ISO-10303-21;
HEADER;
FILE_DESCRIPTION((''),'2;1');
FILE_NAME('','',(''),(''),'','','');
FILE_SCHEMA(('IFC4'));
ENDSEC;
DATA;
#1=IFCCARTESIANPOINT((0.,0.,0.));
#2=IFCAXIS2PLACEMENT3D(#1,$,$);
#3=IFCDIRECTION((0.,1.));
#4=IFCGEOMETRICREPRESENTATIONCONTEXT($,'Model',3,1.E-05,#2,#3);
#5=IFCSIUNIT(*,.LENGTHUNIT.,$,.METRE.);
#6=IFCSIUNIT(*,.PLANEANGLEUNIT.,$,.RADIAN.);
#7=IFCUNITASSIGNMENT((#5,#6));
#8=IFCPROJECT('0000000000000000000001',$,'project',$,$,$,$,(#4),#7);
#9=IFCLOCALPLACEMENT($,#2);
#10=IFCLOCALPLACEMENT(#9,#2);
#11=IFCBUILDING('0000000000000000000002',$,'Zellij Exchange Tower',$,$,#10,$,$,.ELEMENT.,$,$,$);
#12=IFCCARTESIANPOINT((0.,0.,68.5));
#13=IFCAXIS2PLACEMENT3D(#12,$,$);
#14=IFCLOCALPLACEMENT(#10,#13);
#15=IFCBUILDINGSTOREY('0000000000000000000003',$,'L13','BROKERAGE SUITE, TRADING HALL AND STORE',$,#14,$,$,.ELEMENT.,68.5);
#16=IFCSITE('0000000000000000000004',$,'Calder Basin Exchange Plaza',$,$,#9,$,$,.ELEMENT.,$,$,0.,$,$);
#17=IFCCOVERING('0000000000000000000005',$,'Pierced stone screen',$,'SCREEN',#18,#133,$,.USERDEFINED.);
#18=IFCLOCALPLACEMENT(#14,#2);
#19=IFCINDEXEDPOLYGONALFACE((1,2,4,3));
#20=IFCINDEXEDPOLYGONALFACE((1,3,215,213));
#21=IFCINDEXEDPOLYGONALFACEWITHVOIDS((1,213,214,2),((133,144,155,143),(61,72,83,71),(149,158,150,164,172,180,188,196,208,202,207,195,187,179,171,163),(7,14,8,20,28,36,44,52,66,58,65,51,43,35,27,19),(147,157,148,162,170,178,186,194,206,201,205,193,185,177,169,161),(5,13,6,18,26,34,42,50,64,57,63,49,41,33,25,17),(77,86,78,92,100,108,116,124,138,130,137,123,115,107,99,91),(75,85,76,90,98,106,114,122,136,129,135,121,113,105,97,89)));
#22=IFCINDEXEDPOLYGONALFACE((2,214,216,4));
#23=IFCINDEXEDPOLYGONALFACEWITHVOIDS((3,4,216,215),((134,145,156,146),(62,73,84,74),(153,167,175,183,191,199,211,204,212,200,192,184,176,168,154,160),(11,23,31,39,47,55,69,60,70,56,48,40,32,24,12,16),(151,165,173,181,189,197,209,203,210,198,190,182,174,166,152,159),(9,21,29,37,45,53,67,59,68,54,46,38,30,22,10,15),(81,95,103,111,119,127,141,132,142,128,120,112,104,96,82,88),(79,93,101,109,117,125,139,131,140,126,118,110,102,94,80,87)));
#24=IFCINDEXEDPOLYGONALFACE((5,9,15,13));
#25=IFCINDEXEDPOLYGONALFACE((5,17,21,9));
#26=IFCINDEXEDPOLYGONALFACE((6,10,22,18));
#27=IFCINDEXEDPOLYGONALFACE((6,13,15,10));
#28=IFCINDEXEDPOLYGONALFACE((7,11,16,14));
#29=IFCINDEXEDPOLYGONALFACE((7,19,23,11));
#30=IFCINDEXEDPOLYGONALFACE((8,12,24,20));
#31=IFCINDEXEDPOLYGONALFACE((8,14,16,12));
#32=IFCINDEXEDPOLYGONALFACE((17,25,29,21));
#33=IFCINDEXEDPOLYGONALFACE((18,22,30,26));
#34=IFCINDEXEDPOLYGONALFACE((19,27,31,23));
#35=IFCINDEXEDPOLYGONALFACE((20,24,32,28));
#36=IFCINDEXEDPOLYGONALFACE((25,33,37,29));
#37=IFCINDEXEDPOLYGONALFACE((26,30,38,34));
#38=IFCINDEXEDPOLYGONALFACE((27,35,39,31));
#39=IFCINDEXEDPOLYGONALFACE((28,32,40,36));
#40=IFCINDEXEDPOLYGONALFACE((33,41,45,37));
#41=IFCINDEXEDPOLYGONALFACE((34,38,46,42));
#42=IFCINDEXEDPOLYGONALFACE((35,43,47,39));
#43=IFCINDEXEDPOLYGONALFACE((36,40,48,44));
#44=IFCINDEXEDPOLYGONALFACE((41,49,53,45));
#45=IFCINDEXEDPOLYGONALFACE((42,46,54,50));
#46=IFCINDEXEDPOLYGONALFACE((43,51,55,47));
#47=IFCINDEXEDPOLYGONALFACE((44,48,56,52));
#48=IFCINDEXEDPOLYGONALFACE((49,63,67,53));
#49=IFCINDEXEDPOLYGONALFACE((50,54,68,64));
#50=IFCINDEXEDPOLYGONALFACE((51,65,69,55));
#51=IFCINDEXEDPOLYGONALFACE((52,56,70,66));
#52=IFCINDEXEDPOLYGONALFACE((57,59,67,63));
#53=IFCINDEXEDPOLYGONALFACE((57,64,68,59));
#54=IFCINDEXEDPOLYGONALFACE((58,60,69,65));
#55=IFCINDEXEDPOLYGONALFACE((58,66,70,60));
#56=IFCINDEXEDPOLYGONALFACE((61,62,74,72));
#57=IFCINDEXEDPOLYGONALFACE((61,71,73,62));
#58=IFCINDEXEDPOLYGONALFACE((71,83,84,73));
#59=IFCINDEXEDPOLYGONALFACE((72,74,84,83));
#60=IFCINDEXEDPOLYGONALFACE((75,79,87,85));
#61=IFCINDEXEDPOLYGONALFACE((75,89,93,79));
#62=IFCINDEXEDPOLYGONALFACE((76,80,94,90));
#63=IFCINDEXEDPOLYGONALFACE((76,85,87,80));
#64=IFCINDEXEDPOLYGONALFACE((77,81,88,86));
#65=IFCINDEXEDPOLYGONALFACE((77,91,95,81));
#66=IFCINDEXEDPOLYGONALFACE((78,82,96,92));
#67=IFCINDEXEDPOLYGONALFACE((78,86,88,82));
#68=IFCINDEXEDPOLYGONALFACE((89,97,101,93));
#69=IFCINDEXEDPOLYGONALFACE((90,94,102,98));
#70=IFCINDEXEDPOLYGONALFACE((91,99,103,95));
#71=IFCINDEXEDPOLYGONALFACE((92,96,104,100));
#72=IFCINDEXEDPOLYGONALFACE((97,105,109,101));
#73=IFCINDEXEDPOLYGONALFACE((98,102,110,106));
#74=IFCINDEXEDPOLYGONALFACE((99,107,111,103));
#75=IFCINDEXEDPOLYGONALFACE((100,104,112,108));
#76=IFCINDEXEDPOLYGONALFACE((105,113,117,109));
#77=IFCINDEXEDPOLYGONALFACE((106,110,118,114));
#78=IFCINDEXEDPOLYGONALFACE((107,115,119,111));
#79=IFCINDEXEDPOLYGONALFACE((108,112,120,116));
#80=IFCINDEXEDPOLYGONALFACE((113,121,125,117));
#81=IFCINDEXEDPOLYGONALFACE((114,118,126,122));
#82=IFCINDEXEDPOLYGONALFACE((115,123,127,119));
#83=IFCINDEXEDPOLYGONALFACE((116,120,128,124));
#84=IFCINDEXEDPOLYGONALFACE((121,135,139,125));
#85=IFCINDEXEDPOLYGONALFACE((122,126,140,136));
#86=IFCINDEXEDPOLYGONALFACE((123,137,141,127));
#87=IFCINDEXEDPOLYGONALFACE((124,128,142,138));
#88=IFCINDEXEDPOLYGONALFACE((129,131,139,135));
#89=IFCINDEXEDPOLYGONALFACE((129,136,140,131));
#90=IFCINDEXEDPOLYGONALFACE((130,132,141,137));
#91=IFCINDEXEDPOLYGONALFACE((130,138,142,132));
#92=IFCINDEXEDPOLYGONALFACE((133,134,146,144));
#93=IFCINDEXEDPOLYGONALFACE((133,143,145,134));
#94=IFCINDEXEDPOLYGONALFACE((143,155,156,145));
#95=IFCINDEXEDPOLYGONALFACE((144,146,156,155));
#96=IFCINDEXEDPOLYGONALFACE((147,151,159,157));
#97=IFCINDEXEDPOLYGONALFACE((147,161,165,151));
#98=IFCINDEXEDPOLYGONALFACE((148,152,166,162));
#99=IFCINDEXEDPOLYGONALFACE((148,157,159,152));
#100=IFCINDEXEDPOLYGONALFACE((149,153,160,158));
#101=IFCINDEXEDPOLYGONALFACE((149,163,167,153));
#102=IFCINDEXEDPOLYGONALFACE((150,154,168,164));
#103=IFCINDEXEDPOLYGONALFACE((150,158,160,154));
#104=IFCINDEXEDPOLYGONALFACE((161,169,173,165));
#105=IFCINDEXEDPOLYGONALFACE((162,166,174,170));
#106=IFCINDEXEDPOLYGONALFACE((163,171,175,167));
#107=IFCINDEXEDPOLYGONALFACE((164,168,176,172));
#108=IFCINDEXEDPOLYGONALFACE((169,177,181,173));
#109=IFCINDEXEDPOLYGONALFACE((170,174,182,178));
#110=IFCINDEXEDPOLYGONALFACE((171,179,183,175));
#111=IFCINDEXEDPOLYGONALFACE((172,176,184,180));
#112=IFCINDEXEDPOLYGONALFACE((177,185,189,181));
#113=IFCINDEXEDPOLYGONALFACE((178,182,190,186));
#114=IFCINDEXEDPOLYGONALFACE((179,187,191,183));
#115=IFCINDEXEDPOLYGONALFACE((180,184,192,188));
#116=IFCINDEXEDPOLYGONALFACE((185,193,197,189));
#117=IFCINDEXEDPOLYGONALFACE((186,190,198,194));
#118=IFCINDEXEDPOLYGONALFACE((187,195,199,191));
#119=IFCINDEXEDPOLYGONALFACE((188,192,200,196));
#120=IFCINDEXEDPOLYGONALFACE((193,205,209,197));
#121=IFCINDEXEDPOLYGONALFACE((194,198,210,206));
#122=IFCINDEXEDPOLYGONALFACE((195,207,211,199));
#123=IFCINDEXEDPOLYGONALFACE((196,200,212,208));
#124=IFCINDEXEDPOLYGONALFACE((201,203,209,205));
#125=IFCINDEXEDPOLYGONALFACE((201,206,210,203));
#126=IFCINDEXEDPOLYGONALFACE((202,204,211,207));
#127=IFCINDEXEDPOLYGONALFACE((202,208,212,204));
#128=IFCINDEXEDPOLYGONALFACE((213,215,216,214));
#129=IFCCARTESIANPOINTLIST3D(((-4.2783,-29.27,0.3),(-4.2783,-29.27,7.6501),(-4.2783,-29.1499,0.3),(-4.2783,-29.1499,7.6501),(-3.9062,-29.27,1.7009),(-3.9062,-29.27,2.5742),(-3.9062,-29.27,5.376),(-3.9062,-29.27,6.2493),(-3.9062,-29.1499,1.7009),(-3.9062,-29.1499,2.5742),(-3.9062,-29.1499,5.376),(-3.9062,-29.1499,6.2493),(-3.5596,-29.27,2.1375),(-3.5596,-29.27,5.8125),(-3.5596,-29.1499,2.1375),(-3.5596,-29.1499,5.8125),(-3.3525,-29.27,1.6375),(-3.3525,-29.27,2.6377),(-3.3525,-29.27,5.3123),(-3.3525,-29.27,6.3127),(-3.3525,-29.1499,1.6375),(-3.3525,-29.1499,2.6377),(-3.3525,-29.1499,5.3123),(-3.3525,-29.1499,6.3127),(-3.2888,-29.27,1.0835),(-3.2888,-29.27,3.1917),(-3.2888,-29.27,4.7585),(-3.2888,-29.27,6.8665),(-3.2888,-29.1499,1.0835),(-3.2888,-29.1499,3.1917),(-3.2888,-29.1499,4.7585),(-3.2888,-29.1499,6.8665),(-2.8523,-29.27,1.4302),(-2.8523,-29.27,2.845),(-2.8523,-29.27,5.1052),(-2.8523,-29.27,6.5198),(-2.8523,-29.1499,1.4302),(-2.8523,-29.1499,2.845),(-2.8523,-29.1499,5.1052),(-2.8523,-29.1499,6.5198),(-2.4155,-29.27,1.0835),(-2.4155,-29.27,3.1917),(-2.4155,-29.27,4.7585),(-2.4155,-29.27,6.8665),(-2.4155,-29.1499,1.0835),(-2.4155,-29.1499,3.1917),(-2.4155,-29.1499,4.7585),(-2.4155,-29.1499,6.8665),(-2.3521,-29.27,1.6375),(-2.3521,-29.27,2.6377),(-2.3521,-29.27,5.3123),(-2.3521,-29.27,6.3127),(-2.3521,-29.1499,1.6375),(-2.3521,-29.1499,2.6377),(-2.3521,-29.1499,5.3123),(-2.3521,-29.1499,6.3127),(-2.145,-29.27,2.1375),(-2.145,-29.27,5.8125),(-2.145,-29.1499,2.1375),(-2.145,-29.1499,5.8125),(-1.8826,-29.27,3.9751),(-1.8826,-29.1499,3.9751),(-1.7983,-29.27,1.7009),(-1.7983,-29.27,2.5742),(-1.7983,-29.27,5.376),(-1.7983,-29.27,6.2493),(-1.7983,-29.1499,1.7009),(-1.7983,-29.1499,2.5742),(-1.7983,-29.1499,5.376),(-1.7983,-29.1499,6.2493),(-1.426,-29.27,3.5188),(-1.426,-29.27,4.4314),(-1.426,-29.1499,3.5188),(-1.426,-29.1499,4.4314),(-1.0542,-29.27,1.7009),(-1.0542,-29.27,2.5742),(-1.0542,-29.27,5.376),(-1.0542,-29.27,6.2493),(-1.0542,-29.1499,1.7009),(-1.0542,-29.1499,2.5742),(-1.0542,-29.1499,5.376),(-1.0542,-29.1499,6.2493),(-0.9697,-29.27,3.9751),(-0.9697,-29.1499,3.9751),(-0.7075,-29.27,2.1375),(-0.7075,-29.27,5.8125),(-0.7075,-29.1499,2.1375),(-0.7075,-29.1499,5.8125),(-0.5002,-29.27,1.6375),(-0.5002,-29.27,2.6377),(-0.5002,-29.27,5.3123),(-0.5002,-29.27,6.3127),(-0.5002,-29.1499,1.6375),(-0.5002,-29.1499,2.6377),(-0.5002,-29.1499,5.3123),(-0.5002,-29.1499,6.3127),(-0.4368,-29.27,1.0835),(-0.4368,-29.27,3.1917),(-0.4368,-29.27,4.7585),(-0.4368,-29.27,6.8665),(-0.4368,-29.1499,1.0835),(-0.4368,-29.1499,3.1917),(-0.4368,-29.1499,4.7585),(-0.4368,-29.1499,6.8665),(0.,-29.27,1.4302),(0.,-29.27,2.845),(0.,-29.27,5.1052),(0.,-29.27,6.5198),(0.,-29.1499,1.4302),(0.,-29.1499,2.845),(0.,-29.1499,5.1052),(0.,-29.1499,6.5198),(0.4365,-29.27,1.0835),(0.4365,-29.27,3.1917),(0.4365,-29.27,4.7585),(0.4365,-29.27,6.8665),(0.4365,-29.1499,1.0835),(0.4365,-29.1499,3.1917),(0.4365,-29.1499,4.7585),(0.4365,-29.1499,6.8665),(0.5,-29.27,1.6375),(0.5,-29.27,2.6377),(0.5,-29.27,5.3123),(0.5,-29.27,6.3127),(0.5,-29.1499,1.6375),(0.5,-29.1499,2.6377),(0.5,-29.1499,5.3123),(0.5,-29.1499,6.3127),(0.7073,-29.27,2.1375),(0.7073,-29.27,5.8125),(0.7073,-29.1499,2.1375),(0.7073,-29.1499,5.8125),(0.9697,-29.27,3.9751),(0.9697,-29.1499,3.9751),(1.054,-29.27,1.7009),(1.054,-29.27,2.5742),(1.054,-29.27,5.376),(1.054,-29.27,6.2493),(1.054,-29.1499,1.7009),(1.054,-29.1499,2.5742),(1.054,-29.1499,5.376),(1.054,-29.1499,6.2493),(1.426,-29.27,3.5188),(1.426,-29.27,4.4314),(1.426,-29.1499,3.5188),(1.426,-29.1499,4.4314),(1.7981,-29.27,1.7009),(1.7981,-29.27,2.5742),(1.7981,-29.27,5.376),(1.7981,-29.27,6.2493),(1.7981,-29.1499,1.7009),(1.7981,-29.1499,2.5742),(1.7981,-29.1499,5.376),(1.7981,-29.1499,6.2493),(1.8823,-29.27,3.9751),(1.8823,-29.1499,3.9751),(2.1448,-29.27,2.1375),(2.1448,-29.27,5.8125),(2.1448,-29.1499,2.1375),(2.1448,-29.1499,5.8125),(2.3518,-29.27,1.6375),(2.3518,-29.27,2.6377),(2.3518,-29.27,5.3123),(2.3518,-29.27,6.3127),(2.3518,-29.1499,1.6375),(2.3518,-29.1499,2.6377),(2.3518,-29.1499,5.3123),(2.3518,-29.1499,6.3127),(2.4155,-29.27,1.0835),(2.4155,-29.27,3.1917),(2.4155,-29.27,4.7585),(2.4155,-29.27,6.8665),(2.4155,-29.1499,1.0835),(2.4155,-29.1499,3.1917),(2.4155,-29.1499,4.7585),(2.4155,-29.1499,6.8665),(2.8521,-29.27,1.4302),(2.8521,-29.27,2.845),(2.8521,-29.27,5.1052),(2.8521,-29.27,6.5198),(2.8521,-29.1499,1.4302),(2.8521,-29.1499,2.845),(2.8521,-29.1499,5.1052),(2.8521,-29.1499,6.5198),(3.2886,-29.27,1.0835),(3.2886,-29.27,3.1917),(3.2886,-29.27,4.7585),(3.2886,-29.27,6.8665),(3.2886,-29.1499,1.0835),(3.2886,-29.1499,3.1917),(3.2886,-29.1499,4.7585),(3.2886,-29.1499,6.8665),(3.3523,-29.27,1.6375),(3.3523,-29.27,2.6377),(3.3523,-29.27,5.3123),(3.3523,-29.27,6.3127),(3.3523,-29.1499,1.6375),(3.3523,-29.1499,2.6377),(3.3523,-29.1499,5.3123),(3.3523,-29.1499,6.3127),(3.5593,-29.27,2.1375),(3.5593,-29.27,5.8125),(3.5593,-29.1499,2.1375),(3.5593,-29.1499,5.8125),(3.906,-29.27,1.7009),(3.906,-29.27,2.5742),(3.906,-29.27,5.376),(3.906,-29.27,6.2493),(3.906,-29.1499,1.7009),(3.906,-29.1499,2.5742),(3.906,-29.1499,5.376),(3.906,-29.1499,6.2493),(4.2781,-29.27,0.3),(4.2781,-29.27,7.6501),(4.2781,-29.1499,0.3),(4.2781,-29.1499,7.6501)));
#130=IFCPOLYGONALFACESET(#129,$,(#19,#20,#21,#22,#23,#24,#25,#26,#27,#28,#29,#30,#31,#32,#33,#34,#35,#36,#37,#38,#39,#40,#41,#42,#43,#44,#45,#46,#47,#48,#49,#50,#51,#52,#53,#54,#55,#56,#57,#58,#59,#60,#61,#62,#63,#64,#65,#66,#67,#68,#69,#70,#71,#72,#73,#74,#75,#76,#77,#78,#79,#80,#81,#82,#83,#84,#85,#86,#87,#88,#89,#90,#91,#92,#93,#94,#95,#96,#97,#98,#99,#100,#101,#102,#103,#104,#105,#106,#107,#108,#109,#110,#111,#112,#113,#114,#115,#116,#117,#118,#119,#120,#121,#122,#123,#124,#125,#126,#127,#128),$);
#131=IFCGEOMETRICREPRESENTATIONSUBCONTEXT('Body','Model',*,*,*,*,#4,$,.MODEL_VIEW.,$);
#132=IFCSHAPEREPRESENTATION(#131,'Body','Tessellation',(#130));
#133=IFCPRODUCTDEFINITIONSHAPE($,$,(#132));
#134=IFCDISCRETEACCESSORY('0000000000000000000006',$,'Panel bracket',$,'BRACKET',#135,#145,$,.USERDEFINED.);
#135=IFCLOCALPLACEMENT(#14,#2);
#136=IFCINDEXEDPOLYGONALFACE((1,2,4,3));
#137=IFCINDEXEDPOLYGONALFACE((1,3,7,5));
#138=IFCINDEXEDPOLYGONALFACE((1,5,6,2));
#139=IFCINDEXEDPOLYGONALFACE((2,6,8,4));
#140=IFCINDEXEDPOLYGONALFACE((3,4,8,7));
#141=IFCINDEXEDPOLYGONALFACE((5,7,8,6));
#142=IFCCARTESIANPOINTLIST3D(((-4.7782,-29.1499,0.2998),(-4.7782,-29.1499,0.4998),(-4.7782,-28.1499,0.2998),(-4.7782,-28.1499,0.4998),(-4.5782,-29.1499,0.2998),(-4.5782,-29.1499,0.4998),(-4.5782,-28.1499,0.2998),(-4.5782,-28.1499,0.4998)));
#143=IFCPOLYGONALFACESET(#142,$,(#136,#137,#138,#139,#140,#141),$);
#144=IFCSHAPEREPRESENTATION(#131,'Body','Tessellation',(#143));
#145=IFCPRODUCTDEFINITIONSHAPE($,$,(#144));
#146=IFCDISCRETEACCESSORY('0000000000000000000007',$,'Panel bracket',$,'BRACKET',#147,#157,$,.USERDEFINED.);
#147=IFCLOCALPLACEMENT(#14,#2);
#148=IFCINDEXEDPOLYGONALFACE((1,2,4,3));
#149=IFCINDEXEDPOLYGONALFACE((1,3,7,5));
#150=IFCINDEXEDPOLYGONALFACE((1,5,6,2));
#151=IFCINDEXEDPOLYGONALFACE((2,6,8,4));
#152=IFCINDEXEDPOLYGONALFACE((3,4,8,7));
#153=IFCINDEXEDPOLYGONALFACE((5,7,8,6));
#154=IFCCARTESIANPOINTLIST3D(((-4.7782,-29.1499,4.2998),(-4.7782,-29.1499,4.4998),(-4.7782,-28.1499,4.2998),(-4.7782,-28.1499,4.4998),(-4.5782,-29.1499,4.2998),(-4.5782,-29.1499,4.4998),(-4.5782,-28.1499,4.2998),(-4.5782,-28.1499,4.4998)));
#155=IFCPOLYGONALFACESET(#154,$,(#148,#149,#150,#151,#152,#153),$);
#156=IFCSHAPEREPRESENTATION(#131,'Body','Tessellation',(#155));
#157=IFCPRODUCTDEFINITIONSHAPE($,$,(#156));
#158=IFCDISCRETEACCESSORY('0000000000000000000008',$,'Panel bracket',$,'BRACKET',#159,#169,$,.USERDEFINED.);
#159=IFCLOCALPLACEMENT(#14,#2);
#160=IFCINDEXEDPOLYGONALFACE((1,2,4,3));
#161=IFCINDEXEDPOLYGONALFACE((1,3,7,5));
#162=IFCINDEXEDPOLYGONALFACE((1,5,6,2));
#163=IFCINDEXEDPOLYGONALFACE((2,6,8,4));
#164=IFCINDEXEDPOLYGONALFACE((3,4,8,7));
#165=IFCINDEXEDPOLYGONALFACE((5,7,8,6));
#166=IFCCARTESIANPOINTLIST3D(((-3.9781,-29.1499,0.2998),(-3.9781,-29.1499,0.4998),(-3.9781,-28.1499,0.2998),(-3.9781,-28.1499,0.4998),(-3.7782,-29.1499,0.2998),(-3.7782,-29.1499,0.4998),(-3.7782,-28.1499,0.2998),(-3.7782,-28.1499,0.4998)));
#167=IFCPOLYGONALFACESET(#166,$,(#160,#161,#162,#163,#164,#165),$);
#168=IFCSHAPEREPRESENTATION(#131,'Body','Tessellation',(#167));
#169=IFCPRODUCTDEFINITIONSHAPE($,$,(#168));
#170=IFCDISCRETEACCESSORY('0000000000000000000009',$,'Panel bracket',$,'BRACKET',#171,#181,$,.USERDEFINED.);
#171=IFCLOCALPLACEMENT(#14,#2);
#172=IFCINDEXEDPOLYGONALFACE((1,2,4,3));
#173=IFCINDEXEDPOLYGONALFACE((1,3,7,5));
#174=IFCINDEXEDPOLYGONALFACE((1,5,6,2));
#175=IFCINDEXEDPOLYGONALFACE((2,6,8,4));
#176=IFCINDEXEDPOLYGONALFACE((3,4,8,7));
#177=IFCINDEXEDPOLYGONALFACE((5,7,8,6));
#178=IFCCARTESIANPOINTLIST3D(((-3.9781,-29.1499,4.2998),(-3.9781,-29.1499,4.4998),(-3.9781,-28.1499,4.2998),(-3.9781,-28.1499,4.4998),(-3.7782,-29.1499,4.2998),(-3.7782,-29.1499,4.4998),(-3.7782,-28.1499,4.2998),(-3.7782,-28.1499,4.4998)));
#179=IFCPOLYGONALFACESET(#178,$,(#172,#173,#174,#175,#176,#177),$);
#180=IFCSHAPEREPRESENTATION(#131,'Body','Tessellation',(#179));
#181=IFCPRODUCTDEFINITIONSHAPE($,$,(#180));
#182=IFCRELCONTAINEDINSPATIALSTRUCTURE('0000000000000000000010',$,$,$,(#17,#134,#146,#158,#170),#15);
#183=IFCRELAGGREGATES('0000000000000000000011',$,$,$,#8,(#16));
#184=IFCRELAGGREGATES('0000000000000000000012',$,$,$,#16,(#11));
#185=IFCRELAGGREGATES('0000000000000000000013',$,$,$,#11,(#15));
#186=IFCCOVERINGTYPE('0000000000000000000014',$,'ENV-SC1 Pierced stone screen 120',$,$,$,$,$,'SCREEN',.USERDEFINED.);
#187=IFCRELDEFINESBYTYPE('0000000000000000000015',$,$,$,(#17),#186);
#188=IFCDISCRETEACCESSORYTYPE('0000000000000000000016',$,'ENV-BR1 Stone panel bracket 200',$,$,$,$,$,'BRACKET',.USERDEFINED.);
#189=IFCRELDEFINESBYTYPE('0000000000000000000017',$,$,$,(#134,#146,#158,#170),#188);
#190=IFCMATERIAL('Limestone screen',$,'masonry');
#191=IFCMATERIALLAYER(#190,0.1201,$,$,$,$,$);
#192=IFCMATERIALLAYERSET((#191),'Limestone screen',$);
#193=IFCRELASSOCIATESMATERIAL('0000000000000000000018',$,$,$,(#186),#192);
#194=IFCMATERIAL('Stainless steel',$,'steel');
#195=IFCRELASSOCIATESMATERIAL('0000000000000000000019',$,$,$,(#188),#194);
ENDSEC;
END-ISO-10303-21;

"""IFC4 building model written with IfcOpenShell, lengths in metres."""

from ifc_helpers import new_model, si_unit, direction, frame, origin, origin_2d, place, context, subcontext, project, spatial, polyline, rectangle, outline, extrude, material, layer, layer_set, type_object, element, save


model = new_model("IFC4")

# Units and contexts
model_context = context("Model", 3, precision=1e-05, world=origin(), true_north=direction((0.0, 1.0)))
body_context = subcontext(model_context, "Body", "Model", "MODEL_VIEW")
ifc_project = project(units=[si_unit("LENGTHUNIT", "METRE"), si_unit("PLANEANGLEUNIT", "RADIAN")], contexts=[model_context])

# Site, building, storey
site_placement = place(None, origin())
site = spatial("IfcSite", under=ifc_project, at=site_placement, Name="Calder Basin Exchange Plaza", CompositionType="ELEMENT", RefElevation=0.0)
building_placement = place(site_placement, origin())
building = spatial("IfcBuilding", under=site, at=building_placement, Name="Zellij Exchange Tower", CompositionType="ELEMENT")
storey_placement = place(building_placement, frame((0.0, 0.0, 68.5)))
storey = spatial("IfcBuildingStorey", under=building, at=storey_placement, Name="L13", Description="BROKERAGE SUITE, TRADING HALL AND STORE", CompositionType="ELEMENT", Elevation=68.5)

# Shared definitions
ifc_material_1 = material(Name="Stainless steel", Category="steel")

# Covering
ifc_material_2 = material(Name="Limestone screen", Category="masonry")
ifc_layer_1 = layer(ifc_material_2, 0.1201)
ifc_layer_set_1 = layer_set([ifc_layer_1], Name="Limestone screen")
covering_type = type_object("IfcCoveringType", Name="ENV-SC1 Pierced stone screen 120", ElementType="SCREEN", PredefinedType="USERDEFINED", material=ifc_layer_set_1)
covering_placement = place(storey_placement, frame((-4.2783, -29.21, 0.3), z_axis=(0.0, 0.0, 1.0), x_axis=(1.0, 0.0, 0.0)))
element("IfcCovering", 1, at=covering_placement, inside=storey, type_object=covering_type, Name="Pierced stone screen", ObjectType="SCREEN", PredefinedType="USERDEFINED", context=body_context, shape_type="SweptSolid", body=[
    extrude(outline(polyline([(0.0, 0.0), (8.5564, 0.0), (8.5564, 7.3501), (0.0, 7.3501), (0.0, 0.0)]), holes=[polyline([(2.48, 2.2742), (1.9263, 2.3376), (1.8628, 2.8916), (1.426, 2.5449), (0.9895, 2.8916), (0.9258, 2.3376), (0.3721, 2.2742), (0.7188, 1.8374), (0.3721, 1.4009), (0.9258, 1.3374), (0.9895, 0.7834), (1.426, 1.1301), (1.8628, 0.7834), (1.9263, 1.3374), (2.48, 1.4009), (2.1333, 1.8374), (2.48, 2.2742)]), polyline([(2.48, 5.9492), (1.9263, 6.0127), (1.8628, 6.5664), (1.426, 6.2197), (0.9895, 6.5664), (0.9258, 6.0127), (0.3721, 5.9492), (0.7188, 5.5125), (0.3721, 5.0759), (0.9258, 5.0122), (0.9895, 4.4585), (1.426, 4.8052), (1.8628, 4.4585), (1.9263, 5.0122), (2.48, 5.0759), (2.1333, 5.5125), (2.48, 5.9492)]), polyline([(5.3323, 2.2742), (4.7783, 2.3376), (4.7148, 2.8916), (4.2783, 2.5449), (3.8416, 2.8916), (3.7781, 2.3376), (3.2241, 2.2742), (3.5708, 1.8374), (3.2241, 1.4009), (3.7781, 1.3374), (3.8416, 0.7834), (4.2783, 1.1301), (4.7148, 0.7834), (4.7783, 1.3374), (5.3323, 1.4009), (4.9856, 1.8374), (5.3323, 2.2742)]), polyline([(5.3323, 5.9492), (4.7783, 6.0127), (4.7148, 6.5664), (4.2783, 6.2197), (3.8416, 6.5664), (3.7781, 6.0127), (3.2241, 5.9492), (3.5708, 5.5125), (3.2241, 5.0759), (3.7781, 5.0122), (3.8416, 4.4585), (4.2783, 4.8052), (4.7148, 4.4585), (4.7783, 5.0122), (5.3323, 5.0759), (4.9856, 5.5125), (5.3323, 5.9492)]), polyline([(8.1843, 2.2742), (7.6306, 2.3376), (7.5669, 2.8916), (7.1304, 2.5449), (6.6938, 2.8916), (6.6301, 2.3376), (6.0764, 2.2742), (6.4231, 1.8374), (6.0764, 1.4009), (6.6301, 1.3374), (6.6938, 0.7834), (7.1304, 1.1301), (7.5669, 0.7834), (7.6306, 1.3374), (8.1843, 1.4009), (7.8376, 1.8374), (8.1843, 2.2742)]), polyline([(8.1843, 5.9492), (7.6306, 6.0127), (7.5669, 6.5664), (7.1304, 6.2197), (6.6938, 6.5664), (6.6301, 6.0127), (6.0764, 5.9492), (6.4231, 5.5125), (6.0764, 5.0759), (6.6301, 5.0122), (6.6938, 4.4585), (7.1304, 4.8052), (7.5669, 4.4585), (7.6306, 5.0122), (8.1843, 5.0759), (7.8376, 5.5125), (8.1843, 5.9492)]), polyline([(3.3086, 3.675), (2.8523, 4.1313), (2.3958, 3.675), (2.8523, 3.2188), (3.3086, 3.675)]), polyline([(6.1606, 3.675), (5.7043, 4.1313), (5.248, 3.675), (5.7043, 3.2188), (6.1606, 3.675)])]), frame((0.0, 0.0601, 0.0), z_axis=(0.0, -1.0, 0.0), x_axis=(1.0, 0.0, 0.0)), (0.0, 0.0, 1.0), 0.1201),
])

# Discrete accessories
discrete_accessory_type = type_object("IfcDiscreteAccessoryType", Name="ENV-BR1 Stone panel bracket 200", ElementType="BRACKET", PredefinedType="USERDEFINED", material=ifc_material_1)
for number, where, z_axis, x_axis, name in (
    (2, (-4.6782, -28.6499, 0.2998), (0.0, 0.0, 1.0), (1.0, 0.0, 0.0), "Panel bracket"),
    (3, (-4.6782, -28.6499, 4.2998), (0.0, 0.0, 1.0), (1.0, 0.0, 0.0), "Panel bracket"),
    (4, (-3.8782, -28.6499, 0.2998), (0.0, 0.0, 1.0), (1.0, 0.0, 0.0), "Panel bracket"),
    (5, (-3.8782, -28.6499, 4.2998), (0.0, 0.0, 1.0), (1.0, 0.0, 0.0), "Panel bracket"),
):
    element("IfcDiscreteAccessory", number, at=place(storey_placement, frame(where, z_axis=z_axis, x_axis=x_axis)), inside=storey, type_object=discrete_accessory_type, Name=name, ObjectType="BRACKET", PredefinedType="USERDEFINED", context=body_context, shape_type="SweptSolid", body=[
        extrude(rectangle(XDim=0.2, YDim=1.0, at=origin_2d()), origin(), (0.0, 0.0, 1.0), 0.2),
    ])

save(model, "model.ifc")
